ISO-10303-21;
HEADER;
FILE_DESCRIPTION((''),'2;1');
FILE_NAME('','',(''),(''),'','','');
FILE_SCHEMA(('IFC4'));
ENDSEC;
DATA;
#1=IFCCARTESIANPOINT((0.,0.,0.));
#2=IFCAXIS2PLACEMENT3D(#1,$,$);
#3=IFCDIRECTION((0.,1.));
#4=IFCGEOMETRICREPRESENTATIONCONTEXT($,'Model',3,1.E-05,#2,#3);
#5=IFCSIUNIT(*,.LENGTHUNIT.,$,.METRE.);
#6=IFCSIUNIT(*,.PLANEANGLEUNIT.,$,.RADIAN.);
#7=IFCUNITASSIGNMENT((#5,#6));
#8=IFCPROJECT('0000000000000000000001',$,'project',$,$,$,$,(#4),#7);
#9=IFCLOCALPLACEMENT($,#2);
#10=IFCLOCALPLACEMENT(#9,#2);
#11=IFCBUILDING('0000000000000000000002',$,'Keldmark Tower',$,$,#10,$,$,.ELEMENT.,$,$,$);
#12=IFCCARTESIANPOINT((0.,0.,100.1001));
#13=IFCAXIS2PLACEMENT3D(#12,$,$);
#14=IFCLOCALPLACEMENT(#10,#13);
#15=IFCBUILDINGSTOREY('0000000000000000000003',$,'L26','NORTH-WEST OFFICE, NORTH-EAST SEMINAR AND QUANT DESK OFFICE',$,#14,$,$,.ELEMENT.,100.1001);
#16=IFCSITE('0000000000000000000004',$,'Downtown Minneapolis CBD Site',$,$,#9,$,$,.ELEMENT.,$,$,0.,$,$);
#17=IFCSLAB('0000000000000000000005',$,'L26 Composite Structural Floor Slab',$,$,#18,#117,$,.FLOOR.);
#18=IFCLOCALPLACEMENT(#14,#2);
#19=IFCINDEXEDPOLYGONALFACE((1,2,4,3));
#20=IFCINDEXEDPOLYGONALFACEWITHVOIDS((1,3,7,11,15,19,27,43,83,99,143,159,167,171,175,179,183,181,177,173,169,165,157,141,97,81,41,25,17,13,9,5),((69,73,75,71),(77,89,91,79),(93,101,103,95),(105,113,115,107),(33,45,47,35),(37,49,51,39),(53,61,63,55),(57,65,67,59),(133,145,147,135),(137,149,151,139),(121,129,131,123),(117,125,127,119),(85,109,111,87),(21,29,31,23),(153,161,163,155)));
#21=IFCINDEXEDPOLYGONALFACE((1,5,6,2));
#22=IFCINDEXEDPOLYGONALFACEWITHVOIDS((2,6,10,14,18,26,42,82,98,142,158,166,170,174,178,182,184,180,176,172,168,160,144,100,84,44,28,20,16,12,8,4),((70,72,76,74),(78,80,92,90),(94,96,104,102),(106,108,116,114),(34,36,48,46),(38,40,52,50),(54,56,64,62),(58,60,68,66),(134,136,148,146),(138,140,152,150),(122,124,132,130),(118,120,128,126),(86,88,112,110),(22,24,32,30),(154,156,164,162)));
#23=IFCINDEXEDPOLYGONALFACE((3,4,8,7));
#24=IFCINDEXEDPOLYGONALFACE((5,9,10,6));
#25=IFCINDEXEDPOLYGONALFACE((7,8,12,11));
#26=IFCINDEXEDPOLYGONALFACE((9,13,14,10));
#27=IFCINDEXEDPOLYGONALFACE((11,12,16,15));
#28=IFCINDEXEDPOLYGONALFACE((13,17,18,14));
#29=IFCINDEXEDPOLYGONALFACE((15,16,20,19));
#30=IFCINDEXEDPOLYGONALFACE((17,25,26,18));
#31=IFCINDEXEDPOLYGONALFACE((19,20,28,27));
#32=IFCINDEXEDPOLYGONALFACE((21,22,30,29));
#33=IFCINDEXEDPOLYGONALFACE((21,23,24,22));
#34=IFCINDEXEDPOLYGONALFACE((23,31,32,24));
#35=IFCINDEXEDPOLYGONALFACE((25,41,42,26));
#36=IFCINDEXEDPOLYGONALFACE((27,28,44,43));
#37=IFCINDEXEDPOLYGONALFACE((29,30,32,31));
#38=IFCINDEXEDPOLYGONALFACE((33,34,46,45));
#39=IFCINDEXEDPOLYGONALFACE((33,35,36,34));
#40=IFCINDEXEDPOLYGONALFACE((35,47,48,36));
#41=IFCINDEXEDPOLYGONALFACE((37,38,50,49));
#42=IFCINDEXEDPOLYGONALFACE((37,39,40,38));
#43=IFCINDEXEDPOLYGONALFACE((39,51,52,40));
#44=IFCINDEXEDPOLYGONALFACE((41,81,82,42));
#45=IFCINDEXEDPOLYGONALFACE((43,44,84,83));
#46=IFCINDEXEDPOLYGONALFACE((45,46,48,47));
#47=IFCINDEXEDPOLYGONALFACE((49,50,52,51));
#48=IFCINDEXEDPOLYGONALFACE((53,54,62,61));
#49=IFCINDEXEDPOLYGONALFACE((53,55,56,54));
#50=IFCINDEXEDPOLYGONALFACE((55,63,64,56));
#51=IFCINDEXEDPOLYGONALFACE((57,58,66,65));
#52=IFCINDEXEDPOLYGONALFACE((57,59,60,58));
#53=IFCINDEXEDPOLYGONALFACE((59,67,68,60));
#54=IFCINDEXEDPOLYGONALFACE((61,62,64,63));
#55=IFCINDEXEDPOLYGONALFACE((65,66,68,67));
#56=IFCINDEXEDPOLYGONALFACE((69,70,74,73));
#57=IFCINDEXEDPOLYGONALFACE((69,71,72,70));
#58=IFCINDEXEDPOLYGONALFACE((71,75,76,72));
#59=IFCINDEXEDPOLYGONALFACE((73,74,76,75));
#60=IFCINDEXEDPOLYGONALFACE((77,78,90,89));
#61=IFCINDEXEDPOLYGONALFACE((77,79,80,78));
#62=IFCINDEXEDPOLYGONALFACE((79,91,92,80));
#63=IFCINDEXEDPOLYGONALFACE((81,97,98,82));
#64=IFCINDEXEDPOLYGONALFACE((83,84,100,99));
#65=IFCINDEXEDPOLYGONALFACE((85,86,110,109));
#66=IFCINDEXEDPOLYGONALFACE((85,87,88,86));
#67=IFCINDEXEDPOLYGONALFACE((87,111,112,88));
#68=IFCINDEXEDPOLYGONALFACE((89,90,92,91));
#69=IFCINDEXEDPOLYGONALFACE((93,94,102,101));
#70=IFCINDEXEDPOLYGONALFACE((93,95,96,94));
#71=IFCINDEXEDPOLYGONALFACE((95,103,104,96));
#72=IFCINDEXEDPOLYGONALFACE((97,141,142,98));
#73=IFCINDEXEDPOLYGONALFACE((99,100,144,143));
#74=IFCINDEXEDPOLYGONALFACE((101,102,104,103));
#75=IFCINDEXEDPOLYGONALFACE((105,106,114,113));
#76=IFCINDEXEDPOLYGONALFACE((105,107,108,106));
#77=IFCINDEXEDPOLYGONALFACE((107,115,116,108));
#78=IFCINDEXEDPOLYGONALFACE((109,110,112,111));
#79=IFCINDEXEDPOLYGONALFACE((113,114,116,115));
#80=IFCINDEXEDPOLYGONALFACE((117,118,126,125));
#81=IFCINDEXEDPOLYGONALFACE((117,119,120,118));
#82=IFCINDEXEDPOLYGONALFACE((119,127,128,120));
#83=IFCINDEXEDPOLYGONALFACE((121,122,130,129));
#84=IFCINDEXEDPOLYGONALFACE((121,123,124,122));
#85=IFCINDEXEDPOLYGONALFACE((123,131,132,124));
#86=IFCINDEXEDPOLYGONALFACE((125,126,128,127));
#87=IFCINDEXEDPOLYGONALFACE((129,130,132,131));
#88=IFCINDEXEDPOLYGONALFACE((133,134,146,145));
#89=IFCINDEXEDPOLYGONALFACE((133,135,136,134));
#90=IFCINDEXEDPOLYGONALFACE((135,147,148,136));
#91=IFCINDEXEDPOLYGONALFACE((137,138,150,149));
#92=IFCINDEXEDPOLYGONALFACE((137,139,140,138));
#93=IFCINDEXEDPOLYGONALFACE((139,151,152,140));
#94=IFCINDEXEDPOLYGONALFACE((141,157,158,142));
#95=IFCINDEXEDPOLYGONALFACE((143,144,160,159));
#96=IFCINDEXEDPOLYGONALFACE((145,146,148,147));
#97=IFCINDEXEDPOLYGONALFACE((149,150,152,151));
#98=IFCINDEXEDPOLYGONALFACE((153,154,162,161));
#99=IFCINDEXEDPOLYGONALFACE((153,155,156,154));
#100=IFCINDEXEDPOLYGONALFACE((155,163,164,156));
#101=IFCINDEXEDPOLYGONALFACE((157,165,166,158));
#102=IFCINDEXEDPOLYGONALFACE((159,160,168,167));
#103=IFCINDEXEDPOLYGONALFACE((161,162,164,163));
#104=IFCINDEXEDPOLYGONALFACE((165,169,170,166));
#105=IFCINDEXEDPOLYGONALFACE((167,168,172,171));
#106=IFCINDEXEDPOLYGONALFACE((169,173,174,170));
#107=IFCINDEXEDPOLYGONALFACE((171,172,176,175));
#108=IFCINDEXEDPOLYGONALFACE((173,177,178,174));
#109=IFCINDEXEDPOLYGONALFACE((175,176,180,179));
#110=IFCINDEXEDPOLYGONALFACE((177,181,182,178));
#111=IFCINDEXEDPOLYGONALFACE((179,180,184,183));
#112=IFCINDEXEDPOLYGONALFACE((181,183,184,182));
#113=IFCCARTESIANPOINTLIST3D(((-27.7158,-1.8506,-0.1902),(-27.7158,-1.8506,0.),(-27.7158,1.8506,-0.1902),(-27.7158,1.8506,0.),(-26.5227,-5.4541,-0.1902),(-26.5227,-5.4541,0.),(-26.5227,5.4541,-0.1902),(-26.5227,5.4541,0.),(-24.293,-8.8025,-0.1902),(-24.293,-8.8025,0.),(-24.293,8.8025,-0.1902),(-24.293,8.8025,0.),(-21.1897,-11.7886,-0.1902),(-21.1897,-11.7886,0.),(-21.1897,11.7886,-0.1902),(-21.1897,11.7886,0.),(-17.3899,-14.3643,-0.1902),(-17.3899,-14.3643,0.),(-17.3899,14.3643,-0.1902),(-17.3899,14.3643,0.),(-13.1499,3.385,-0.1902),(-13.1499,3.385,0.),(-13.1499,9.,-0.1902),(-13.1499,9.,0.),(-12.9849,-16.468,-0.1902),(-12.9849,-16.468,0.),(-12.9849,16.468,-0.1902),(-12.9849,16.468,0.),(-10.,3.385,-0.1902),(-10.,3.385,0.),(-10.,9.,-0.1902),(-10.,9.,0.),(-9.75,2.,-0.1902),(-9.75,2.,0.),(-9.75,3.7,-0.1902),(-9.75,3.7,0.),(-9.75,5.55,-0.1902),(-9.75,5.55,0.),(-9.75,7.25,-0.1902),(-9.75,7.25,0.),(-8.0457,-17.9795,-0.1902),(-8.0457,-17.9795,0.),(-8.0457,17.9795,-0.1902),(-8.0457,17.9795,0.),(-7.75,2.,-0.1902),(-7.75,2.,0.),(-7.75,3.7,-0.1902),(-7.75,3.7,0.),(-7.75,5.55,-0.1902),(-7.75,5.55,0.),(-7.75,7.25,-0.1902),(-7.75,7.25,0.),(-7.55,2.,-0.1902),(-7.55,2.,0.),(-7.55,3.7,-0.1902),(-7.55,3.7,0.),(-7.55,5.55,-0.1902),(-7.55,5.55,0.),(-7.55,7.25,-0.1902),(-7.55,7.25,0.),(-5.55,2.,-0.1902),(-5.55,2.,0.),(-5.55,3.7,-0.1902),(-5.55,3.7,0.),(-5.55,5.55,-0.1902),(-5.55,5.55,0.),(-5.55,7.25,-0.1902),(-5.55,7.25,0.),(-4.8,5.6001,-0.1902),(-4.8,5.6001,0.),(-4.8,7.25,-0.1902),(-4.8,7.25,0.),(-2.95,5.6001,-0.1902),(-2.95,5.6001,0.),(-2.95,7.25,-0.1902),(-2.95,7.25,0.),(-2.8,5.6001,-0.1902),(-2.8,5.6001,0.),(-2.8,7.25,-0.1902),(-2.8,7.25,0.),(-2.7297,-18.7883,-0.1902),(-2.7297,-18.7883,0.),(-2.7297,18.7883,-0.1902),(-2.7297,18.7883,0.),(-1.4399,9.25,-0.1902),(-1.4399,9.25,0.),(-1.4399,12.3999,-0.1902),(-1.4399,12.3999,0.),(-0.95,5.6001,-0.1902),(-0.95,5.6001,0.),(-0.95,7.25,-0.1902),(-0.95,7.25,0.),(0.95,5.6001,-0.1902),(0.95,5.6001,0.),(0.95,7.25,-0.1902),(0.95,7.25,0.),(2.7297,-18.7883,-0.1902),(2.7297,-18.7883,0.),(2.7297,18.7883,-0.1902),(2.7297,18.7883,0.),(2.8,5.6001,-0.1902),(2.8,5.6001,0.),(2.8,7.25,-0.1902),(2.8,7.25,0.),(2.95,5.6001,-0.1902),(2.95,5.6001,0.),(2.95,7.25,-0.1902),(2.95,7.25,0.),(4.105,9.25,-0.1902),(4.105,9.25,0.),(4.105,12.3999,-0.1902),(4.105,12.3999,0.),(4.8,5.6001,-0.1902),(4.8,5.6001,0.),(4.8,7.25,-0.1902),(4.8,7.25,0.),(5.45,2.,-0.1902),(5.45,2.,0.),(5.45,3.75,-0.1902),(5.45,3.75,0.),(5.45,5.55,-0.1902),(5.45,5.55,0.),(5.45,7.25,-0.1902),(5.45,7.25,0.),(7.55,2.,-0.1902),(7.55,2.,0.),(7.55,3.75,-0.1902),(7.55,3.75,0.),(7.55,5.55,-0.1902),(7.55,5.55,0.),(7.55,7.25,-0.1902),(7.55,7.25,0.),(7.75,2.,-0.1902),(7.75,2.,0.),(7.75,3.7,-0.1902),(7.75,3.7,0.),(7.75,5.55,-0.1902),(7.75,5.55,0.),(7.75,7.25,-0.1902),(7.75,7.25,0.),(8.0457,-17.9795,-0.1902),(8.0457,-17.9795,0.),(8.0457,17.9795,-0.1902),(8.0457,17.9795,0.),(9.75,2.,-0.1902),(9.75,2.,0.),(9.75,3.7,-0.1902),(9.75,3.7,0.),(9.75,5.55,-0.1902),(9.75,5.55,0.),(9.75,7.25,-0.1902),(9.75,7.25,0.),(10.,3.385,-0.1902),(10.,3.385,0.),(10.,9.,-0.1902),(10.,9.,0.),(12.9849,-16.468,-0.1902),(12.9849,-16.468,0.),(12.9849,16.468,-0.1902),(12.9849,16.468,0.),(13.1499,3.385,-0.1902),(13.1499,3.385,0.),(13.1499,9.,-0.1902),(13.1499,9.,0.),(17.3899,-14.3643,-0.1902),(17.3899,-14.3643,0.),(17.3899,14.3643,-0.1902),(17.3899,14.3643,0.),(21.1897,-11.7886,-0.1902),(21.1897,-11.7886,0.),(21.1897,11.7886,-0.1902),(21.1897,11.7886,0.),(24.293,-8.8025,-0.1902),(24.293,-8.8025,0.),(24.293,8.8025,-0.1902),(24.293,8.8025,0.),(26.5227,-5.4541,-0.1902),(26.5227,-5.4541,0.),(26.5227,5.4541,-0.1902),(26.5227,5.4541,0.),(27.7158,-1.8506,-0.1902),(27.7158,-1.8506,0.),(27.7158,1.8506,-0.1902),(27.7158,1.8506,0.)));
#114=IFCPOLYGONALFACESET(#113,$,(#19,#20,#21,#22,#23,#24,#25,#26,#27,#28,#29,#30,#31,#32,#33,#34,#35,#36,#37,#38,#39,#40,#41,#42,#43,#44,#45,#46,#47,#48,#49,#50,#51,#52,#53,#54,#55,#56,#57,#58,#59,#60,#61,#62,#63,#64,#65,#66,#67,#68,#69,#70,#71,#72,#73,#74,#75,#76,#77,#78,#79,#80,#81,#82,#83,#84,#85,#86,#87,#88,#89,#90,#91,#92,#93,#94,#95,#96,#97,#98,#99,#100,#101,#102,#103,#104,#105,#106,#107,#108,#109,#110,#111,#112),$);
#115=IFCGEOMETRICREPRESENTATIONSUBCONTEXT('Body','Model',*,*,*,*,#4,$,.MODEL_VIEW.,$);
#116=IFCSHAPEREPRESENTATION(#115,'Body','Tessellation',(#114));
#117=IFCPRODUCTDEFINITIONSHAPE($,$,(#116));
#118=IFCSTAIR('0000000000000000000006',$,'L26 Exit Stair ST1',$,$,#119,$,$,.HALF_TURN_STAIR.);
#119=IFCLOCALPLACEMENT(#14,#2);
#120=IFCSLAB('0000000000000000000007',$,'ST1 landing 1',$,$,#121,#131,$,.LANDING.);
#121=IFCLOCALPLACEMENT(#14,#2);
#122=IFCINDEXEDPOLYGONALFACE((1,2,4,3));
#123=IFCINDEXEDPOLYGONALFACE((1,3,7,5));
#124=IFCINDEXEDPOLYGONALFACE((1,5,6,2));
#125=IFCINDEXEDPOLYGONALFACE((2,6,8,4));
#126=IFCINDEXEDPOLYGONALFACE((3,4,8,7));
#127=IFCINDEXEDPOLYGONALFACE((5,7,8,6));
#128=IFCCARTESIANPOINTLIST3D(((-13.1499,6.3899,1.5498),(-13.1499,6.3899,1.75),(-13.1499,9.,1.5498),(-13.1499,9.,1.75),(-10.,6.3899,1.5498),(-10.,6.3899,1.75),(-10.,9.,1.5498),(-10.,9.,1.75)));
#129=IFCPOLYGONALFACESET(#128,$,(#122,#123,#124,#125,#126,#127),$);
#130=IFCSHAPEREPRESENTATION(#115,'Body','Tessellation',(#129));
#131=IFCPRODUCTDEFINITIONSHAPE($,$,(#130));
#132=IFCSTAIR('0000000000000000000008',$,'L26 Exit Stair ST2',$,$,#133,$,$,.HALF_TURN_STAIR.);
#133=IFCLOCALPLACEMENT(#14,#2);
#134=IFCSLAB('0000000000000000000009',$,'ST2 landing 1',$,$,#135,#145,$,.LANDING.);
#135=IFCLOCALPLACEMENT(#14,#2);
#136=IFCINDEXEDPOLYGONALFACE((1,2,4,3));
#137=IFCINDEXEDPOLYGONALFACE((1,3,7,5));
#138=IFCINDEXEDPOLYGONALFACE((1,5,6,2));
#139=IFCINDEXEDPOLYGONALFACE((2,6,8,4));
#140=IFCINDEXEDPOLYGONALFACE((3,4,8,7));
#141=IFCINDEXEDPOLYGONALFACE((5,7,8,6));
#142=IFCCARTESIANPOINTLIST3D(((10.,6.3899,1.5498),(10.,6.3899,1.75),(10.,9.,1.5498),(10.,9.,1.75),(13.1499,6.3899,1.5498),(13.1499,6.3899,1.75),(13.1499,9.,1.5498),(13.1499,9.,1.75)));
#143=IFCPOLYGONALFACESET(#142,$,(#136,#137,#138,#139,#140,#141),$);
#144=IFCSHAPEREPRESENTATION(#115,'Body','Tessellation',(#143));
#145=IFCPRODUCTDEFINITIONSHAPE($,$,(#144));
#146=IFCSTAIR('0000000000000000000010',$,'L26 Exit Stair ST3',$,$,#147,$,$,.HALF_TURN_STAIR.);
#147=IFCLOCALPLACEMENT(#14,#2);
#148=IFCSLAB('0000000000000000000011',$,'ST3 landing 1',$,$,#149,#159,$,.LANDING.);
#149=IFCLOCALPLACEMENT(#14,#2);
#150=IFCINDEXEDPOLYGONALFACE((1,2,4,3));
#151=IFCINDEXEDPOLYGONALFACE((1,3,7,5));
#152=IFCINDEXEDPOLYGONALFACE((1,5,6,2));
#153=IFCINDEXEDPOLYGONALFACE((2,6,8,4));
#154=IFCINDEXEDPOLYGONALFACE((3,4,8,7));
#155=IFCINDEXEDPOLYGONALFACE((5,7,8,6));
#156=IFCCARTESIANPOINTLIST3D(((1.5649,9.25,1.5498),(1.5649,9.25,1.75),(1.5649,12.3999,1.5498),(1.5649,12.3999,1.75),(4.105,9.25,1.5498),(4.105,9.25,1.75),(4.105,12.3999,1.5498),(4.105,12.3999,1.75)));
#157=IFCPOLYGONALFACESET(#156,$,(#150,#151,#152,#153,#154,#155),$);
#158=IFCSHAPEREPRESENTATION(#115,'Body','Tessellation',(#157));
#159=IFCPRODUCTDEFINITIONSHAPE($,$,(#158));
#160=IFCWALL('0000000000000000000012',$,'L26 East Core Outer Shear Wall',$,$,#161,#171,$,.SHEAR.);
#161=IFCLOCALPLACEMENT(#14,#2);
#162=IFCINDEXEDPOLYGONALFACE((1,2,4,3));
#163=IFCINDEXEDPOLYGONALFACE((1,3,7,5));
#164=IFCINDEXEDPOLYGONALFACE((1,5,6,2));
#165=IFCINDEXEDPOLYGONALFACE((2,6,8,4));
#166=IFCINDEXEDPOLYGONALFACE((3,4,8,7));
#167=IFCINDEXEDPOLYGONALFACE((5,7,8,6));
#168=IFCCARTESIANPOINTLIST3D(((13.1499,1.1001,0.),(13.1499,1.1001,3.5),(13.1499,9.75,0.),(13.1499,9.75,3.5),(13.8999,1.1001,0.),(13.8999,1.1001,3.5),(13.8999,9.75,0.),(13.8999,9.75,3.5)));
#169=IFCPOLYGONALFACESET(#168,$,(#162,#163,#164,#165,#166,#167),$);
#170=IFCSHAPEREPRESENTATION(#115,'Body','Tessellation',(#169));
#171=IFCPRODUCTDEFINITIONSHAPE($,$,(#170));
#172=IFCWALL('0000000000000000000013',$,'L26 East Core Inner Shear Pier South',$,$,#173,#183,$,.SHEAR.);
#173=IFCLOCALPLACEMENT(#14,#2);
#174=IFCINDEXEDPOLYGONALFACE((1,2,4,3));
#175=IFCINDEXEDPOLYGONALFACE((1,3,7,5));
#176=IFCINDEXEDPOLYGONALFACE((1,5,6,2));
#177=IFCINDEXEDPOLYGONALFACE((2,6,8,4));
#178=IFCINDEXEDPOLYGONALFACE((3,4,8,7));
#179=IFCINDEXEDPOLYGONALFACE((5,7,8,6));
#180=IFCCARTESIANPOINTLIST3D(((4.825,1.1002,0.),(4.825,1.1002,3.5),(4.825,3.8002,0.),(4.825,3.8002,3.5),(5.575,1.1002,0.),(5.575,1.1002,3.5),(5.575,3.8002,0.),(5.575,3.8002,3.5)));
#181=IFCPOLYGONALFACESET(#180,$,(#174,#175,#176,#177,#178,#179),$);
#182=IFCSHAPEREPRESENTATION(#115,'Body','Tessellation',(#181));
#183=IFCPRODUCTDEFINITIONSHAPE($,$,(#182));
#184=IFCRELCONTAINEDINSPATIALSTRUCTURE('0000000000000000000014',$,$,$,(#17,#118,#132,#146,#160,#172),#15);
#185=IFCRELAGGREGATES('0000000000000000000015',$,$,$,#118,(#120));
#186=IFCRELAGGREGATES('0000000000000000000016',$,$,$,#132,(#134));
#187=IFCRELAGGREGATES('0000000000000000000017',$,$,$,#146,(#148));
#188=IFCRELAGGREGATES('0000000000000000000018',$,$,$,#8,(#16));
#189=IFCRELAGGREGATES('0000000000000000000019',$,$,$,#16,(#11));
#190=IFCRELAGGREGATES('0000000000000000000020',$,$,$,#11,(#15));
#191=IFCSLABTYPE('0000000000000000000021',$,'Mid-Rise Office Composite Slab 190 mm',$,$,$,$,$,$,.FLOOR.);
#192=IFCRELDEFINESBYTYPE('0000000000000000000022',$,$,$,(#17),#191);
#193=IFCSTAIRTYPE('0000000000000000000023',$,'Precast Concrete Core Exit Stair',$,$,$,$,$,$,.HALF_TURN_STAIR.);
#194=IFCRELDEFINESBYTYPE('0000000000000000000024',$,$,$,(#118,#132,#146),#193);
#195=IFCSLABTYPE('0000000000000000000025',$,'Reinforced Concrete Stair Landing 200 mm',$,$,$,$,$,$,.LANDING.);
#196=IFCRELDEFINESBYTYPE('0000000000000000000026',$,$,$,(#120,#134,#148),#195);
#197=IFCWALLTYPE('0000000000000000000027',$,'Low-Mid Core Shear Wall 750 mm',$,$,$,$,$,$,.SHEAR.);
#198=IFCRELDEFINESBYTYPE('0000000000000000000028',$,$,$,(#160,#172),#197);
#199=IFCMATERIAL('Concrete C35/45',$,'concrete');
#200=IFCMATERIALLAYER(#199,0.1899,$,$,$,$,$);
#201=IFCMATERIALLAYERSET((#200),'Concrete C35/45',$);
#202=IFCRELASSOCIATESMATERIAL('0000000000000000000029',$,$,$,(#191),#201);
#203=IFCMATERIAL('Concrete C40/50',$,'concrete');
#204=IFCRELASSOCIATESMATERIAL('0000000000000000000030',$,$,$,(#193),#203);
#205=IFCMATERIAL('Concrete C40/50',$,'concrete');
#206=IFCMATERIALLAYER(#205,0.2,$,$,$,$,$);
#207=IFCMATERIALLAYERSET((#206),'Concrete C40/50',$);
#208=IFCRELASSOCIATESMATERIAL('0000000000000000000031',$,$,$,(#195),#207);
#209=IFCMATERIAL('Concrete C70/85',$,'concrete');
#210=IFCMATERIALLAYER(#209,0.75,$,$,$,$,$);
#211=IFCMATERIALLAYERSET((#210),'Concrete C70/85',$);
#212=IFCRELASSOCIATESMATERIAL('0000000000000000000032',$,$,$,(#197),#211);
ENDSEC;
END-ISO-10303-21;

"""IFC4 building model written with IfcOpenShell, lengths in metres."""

from ifc_helpers import new_model, si_unit, direction, frame, frame_2d, origin, place, context, subcontext, project, spatial, polyline, rectangle, outline, extrude, material, layer, layer_set, type_object, element, aggregate, save


model = new_model("IFC4")

# Units and contexts
model_context = context("Model", 3, precision=1e-05, world=origin(), true_north=direction((0.0, 1.0)))
body_context = subcontext(model_context, "Body", "Model", "MODEL_VIEW")
ifc_project = project(units=[si_unit("LENGTHUNIT", "METRE"), si_unit("PLANEANGLEUNIT", "RADIAN")], contexts=[model_context])

# Site, building, storey
site_placement = place(None, origin())
site = spatial("IfcSite", under=ifc_project, at=site_placement, Name="Downtown Minneapolis CBD Site", CompositionType="ELEMENT", RefElevation=0.0)
building_placement = place(site_placement, origin())
building = spatial("IfcBuilding", under=site, at=building_placement, Name="Keldmark Tower", CompositionType="ELEMENT")
storey_placement = place(building_placement, frame((0.0, 0.0, 100.1001)))
storey = spatial("IfcBuildingStorey", under=building, at=storey_placement, Name="L26", Description="NORTH-WEST OFFICE, NORTH-EAST SEMINAR AND QUANT DESK OFFICE", CompositionType="ELEMENT", Elevation=100.1001)

# Slab
ifc_material_1 = material(Name="Concrete C35/45", Category="concrete")
ifc_layer_1 = layer(ifc_material_1, 0.1899)
ifc_layer_set_1 = layer_set([ifc_layer_1], Name="Concrete C35/45")
slab_type_1 = type_object("IfcSlabType", Name="Mid-Rise Office Composite Slab 190 mm", PredefinedType="FLOOR", material=ifc_layer_set_1)
slab_1_placement = place(storey_placement, frame((0.0, 0.0, -0.1902)))
element("IfcSlab", 1, at=slab_1_placement, inside=storey, type_object=slab_type_1, Name="L26 Composite Structural Floor Slab", PredefinedType="FLOOR", context=body_context, shape_type="SweptSolid", body=[
    extrude(outline(polyline([(27.7158, 1.8506), (26.5227, 5.4541), (24.293, 8.8025), (21.1897, 11.7886), (17.3899, 14.3643), (12.9849, 16.468), (8.0457, 17.9795), (2.7297, 18.7883), (-2.7297, 18.7883), (-8.0457, 17.9795), (-12.9849, 16.468), (-17.3899, 14.3643), (-21.1897, 11.7886), (-24.293, 8.8025), (-26.5227, 5.4541), (-27.7158, 1.8506), (-27.7158, -1.8506), (-26.5227, -5.4541), (-24.293, -8.8025), (-21.1897, -11.7886), (-17.3899, -14.3643), (-12.9849, -16.468), (-8.0457, -17.9795), (-2.7297, -18.7883), (2.7297, -18.7883), (8.0457, -17.9795), (12.9849, -16.468), (17.3899, -14.3643), (21.1897, -11.7886), (24.293, -8.8025), (26.5227, -5.4541), (27.7158, -1.8506), (27.7158, 1.8506)]), holes=[polyline([(-10.0, 3.385), (-10.0, 9.0), (-13.1499, 9.0), (-13.1499, 3.385), (-10.0, 3.385)]), polyline([(13.1499, 3.385), (13.1499, 9.0), (10.0, 9.0), (10.0, 3.385), (13.1499, 3.385)]), polyline([(-1.4399, 9.25), (4.105, 9.25), (4.105, 12.3999), (-1.4399, 12.3999), (-1.4399, 9.25)]), polyline([(-9.75, 2.0), (-7.75, 2.0), (-7.75, 3.7), (-9.75, 3.7), (-9.75, 2.0)]), polyline([(7.75, 2.0), (9.75, 2.0), (9.75, 3.7), (7.75, 3.7), (7.75, 2.0)]), polyline([(5.45, 2.0), (7.55, 2.0), (7.55, 3.75), (5.45, 3.75), (5.45, 2.0)]), polyline([(-4.8, 5.6001), (-2.95, 5.6001), (-2.95, 7.25), (-4.8, 7.25), (-4.8, 5.6001)]), polyline([(-2.8, 5.6001), (-0.95, 5.6001), (-0.95, 7.25), (-2.8, 7.25), (-2.8, 5.6001)]), polyline([(0.95, 5.6001), (2.8, 5.6001), (2.8, 7.25), (0.95, 7.25), (0.95, 5.6001)]), polyline([(2.95, 5.6001), (4.8, 5.6001), (4.8, 7.25), (2.95, 7.25), (2.95, 5.6001)]), polyline([(-9.75, 5.55), (-7.75, 5.55), (-7.75, 7.25), (-9.75, 7.25), (-9.75, 5.55)]), polyline([(-7.55, 5.55), (-5.55, 5.55), (-5.55, 7.25), (-7.55, 7.25), (-7.55, 5.55)]), polyline([(-7.55, 2.0), (-5.55, 2.0), (-5.55, 3.7), (-7.55, 3.7), (-7.55, 2.0)]), polyline([(5.45, 5.55), (7.55, 5.55), (7.55, 7.25), (5.45, 7.25), (5.45, 5.55)]), polyline([(7.75, 5.55), (9.75, 5.55), (9.75, 7.25), (7.75, 7.25), (7.75, 5.55)])]), origin(), (0.0, 0.0, 1.0), 0.1902),
])

# Stairs, slabs
ifc_material_2 = material(Name="Concrete C40/50", Category="concrete")
stair_type = type_object("IfcStairType", Name="Precast Concrete Core Exit Stair", PredefinedType="HALF_TURN_STAIR", material=ifc_material_2)
stair_1_placement = place(storey_placement, origin())
stair_1 = element("IfcStair", 2, at=stair_1_placement, inside=storey, type_object=stair_type, Name="L26 Exit Stair ST1", PredefinedType="HALF_TURN_STAIR")
ifc_material_3 = material(Name="Concrete C40/50", Category="concrete")
ifc_layer_2 = layer(ifc_material_3, 0.2)
ifc_layer_set_2 = layer_set([ifc_layer_2], Name="Concrete C40/50")
slab_type_2 = type_object("IfcSlabType", Name="Reinforced Concrete Stair Landing 200 mm", PredefinedType="LANDING", material=ifc_layer_set_2)
slab_2_placement = place(storey_placement, frame((0.0, 0.0, 1.5498)))
slab_2 = element("IfcSlab", 3, at=slab_2_placement, type_object=slab_type_2, Name="ST1 landing 1", PredefinedType="LANDING", context=body_context, shape_type="SweptSolid", body=[
    extrude(outline(polyline([(-10.0, 6.3899), (-10.0, 9.0), (-13.1499, 9.0), (-13.1499, 6.3899), (-10.0, 6.3899)])), origin(), (0.0, 0.0, 1.0), 0.2002),
])
aggregate(stair_1, [slab_2])
stair_2_placement = place(storey_placement, origin())
stair_2 = element("IfcStair", 4, at=stair_2_placement, inside=storey, type_object=stair_type, Name="L26 Exit Stair ST2", PredefinedType="HALF_TURN_STAIR")
slab_3_placement = place(storey_placement, frame((0.0, 0.0, 1.5498)))
slab_3 = element("IfcSlab", 5, at=slab_3_placement, type_object=slab_type_2, Name="ST2 landing 1", PredefinedType="LANDING", context=body_context, shape_type="SweptSolid", body=[
    extrude(outline(polyline([(13.1499, 6.3899), (13.1499, 9.0), (10.0, 9.0), (10.0, 6.3899), (13.1499, 6.3899)])), origin(), (0.0, 0.0, 1.0), 0.2002),
])
aggregate(stair_2, [slab_3])
stair_3_placement = place(storey_placement, origin())
stair_3 = element("IfcStair", 6, at=stair_3_placement, inside=storey, type_object=stair_type, Name="L26 Exit Stair ST3", PredefinedType="HALF_TURN_STAIR")
slab_4_placement = place(storey_placement, frame((0.0, 0.0, 1.5498)))
slab_4 = element("IfcSlab", 7, at=slab_4_placement, type_object=slab_type_2, Name="ST3 landing 1", PredefinedType="LANDING", context=body_context, shape_type="SweptSolid", body=[
    extrude(outline(polyline([(1.5649, 9.25), (4.105, 9.25), (4.105, 12.3999), (1.5649, 12.3999), (1.5649, 9.25)])), origin(), (0.0, 0.0, 1.0), 0.2002),
])
aggregate(stair_3, [slab_4])

# Walls
ifc_material_4 = material(Name="Concrete C70/85", Category="concrete")
ifc_layer_3 = layer(ifc_material_4, 0.75)
ifc_layer_set_3 = layer_set([ifc_layer_3], Name="Concrete C70/85")
wall_type_1 = type_object("IfcWallType", Name="Low-Mid Core Shear Wall 750 mm", PredefinedType="SHEAR", material=ifc_layer_set_3)
wall_1_placement = place(storey_placement, frame((13.5249, 1.1001, 0.0), z_axis=(0.0, 0.0, 1.0), x_axis=(0.0, 1.0, 0.0)))
element("IfcWall", 8, at=wall_1_placement, inside=storey, type_object=wall_type_1, Name="L26 East Core Outer Shear Wall", PredefinedType="SHEAR", context=body_context, shape_type="SweptSolid", body=[
    extrude(rectangle(XDim=8.6499, YDim=0.75, at=frame_2d((4.325, 0.0))), origin(), (0.0, 0.0, 1.0), 3.5),
])
wall_2_placement = place(storey_placement, frame((5.2, 1.1001, 0.0), z_axis=(0.0, 0.0, 1.0), x_axis=(0.0, 1.0, 0.0)))
element("IfcWall", 9, at=wall_2_placement, inside=storey, type_object=wall_type_1, Name="L26 East Core Inner Shear Pier South", PredefinedType="SHEAR", context=body_context, shape_type="SweptSolid", body=[
    extrude(rectangle(XDim=2.7, YDim=0.75, at=frame_2d((1.3501, 0.0))), origin(), (0.0, 0.0, 1.0), 3.5),
])

save(model, "model.ifc")
